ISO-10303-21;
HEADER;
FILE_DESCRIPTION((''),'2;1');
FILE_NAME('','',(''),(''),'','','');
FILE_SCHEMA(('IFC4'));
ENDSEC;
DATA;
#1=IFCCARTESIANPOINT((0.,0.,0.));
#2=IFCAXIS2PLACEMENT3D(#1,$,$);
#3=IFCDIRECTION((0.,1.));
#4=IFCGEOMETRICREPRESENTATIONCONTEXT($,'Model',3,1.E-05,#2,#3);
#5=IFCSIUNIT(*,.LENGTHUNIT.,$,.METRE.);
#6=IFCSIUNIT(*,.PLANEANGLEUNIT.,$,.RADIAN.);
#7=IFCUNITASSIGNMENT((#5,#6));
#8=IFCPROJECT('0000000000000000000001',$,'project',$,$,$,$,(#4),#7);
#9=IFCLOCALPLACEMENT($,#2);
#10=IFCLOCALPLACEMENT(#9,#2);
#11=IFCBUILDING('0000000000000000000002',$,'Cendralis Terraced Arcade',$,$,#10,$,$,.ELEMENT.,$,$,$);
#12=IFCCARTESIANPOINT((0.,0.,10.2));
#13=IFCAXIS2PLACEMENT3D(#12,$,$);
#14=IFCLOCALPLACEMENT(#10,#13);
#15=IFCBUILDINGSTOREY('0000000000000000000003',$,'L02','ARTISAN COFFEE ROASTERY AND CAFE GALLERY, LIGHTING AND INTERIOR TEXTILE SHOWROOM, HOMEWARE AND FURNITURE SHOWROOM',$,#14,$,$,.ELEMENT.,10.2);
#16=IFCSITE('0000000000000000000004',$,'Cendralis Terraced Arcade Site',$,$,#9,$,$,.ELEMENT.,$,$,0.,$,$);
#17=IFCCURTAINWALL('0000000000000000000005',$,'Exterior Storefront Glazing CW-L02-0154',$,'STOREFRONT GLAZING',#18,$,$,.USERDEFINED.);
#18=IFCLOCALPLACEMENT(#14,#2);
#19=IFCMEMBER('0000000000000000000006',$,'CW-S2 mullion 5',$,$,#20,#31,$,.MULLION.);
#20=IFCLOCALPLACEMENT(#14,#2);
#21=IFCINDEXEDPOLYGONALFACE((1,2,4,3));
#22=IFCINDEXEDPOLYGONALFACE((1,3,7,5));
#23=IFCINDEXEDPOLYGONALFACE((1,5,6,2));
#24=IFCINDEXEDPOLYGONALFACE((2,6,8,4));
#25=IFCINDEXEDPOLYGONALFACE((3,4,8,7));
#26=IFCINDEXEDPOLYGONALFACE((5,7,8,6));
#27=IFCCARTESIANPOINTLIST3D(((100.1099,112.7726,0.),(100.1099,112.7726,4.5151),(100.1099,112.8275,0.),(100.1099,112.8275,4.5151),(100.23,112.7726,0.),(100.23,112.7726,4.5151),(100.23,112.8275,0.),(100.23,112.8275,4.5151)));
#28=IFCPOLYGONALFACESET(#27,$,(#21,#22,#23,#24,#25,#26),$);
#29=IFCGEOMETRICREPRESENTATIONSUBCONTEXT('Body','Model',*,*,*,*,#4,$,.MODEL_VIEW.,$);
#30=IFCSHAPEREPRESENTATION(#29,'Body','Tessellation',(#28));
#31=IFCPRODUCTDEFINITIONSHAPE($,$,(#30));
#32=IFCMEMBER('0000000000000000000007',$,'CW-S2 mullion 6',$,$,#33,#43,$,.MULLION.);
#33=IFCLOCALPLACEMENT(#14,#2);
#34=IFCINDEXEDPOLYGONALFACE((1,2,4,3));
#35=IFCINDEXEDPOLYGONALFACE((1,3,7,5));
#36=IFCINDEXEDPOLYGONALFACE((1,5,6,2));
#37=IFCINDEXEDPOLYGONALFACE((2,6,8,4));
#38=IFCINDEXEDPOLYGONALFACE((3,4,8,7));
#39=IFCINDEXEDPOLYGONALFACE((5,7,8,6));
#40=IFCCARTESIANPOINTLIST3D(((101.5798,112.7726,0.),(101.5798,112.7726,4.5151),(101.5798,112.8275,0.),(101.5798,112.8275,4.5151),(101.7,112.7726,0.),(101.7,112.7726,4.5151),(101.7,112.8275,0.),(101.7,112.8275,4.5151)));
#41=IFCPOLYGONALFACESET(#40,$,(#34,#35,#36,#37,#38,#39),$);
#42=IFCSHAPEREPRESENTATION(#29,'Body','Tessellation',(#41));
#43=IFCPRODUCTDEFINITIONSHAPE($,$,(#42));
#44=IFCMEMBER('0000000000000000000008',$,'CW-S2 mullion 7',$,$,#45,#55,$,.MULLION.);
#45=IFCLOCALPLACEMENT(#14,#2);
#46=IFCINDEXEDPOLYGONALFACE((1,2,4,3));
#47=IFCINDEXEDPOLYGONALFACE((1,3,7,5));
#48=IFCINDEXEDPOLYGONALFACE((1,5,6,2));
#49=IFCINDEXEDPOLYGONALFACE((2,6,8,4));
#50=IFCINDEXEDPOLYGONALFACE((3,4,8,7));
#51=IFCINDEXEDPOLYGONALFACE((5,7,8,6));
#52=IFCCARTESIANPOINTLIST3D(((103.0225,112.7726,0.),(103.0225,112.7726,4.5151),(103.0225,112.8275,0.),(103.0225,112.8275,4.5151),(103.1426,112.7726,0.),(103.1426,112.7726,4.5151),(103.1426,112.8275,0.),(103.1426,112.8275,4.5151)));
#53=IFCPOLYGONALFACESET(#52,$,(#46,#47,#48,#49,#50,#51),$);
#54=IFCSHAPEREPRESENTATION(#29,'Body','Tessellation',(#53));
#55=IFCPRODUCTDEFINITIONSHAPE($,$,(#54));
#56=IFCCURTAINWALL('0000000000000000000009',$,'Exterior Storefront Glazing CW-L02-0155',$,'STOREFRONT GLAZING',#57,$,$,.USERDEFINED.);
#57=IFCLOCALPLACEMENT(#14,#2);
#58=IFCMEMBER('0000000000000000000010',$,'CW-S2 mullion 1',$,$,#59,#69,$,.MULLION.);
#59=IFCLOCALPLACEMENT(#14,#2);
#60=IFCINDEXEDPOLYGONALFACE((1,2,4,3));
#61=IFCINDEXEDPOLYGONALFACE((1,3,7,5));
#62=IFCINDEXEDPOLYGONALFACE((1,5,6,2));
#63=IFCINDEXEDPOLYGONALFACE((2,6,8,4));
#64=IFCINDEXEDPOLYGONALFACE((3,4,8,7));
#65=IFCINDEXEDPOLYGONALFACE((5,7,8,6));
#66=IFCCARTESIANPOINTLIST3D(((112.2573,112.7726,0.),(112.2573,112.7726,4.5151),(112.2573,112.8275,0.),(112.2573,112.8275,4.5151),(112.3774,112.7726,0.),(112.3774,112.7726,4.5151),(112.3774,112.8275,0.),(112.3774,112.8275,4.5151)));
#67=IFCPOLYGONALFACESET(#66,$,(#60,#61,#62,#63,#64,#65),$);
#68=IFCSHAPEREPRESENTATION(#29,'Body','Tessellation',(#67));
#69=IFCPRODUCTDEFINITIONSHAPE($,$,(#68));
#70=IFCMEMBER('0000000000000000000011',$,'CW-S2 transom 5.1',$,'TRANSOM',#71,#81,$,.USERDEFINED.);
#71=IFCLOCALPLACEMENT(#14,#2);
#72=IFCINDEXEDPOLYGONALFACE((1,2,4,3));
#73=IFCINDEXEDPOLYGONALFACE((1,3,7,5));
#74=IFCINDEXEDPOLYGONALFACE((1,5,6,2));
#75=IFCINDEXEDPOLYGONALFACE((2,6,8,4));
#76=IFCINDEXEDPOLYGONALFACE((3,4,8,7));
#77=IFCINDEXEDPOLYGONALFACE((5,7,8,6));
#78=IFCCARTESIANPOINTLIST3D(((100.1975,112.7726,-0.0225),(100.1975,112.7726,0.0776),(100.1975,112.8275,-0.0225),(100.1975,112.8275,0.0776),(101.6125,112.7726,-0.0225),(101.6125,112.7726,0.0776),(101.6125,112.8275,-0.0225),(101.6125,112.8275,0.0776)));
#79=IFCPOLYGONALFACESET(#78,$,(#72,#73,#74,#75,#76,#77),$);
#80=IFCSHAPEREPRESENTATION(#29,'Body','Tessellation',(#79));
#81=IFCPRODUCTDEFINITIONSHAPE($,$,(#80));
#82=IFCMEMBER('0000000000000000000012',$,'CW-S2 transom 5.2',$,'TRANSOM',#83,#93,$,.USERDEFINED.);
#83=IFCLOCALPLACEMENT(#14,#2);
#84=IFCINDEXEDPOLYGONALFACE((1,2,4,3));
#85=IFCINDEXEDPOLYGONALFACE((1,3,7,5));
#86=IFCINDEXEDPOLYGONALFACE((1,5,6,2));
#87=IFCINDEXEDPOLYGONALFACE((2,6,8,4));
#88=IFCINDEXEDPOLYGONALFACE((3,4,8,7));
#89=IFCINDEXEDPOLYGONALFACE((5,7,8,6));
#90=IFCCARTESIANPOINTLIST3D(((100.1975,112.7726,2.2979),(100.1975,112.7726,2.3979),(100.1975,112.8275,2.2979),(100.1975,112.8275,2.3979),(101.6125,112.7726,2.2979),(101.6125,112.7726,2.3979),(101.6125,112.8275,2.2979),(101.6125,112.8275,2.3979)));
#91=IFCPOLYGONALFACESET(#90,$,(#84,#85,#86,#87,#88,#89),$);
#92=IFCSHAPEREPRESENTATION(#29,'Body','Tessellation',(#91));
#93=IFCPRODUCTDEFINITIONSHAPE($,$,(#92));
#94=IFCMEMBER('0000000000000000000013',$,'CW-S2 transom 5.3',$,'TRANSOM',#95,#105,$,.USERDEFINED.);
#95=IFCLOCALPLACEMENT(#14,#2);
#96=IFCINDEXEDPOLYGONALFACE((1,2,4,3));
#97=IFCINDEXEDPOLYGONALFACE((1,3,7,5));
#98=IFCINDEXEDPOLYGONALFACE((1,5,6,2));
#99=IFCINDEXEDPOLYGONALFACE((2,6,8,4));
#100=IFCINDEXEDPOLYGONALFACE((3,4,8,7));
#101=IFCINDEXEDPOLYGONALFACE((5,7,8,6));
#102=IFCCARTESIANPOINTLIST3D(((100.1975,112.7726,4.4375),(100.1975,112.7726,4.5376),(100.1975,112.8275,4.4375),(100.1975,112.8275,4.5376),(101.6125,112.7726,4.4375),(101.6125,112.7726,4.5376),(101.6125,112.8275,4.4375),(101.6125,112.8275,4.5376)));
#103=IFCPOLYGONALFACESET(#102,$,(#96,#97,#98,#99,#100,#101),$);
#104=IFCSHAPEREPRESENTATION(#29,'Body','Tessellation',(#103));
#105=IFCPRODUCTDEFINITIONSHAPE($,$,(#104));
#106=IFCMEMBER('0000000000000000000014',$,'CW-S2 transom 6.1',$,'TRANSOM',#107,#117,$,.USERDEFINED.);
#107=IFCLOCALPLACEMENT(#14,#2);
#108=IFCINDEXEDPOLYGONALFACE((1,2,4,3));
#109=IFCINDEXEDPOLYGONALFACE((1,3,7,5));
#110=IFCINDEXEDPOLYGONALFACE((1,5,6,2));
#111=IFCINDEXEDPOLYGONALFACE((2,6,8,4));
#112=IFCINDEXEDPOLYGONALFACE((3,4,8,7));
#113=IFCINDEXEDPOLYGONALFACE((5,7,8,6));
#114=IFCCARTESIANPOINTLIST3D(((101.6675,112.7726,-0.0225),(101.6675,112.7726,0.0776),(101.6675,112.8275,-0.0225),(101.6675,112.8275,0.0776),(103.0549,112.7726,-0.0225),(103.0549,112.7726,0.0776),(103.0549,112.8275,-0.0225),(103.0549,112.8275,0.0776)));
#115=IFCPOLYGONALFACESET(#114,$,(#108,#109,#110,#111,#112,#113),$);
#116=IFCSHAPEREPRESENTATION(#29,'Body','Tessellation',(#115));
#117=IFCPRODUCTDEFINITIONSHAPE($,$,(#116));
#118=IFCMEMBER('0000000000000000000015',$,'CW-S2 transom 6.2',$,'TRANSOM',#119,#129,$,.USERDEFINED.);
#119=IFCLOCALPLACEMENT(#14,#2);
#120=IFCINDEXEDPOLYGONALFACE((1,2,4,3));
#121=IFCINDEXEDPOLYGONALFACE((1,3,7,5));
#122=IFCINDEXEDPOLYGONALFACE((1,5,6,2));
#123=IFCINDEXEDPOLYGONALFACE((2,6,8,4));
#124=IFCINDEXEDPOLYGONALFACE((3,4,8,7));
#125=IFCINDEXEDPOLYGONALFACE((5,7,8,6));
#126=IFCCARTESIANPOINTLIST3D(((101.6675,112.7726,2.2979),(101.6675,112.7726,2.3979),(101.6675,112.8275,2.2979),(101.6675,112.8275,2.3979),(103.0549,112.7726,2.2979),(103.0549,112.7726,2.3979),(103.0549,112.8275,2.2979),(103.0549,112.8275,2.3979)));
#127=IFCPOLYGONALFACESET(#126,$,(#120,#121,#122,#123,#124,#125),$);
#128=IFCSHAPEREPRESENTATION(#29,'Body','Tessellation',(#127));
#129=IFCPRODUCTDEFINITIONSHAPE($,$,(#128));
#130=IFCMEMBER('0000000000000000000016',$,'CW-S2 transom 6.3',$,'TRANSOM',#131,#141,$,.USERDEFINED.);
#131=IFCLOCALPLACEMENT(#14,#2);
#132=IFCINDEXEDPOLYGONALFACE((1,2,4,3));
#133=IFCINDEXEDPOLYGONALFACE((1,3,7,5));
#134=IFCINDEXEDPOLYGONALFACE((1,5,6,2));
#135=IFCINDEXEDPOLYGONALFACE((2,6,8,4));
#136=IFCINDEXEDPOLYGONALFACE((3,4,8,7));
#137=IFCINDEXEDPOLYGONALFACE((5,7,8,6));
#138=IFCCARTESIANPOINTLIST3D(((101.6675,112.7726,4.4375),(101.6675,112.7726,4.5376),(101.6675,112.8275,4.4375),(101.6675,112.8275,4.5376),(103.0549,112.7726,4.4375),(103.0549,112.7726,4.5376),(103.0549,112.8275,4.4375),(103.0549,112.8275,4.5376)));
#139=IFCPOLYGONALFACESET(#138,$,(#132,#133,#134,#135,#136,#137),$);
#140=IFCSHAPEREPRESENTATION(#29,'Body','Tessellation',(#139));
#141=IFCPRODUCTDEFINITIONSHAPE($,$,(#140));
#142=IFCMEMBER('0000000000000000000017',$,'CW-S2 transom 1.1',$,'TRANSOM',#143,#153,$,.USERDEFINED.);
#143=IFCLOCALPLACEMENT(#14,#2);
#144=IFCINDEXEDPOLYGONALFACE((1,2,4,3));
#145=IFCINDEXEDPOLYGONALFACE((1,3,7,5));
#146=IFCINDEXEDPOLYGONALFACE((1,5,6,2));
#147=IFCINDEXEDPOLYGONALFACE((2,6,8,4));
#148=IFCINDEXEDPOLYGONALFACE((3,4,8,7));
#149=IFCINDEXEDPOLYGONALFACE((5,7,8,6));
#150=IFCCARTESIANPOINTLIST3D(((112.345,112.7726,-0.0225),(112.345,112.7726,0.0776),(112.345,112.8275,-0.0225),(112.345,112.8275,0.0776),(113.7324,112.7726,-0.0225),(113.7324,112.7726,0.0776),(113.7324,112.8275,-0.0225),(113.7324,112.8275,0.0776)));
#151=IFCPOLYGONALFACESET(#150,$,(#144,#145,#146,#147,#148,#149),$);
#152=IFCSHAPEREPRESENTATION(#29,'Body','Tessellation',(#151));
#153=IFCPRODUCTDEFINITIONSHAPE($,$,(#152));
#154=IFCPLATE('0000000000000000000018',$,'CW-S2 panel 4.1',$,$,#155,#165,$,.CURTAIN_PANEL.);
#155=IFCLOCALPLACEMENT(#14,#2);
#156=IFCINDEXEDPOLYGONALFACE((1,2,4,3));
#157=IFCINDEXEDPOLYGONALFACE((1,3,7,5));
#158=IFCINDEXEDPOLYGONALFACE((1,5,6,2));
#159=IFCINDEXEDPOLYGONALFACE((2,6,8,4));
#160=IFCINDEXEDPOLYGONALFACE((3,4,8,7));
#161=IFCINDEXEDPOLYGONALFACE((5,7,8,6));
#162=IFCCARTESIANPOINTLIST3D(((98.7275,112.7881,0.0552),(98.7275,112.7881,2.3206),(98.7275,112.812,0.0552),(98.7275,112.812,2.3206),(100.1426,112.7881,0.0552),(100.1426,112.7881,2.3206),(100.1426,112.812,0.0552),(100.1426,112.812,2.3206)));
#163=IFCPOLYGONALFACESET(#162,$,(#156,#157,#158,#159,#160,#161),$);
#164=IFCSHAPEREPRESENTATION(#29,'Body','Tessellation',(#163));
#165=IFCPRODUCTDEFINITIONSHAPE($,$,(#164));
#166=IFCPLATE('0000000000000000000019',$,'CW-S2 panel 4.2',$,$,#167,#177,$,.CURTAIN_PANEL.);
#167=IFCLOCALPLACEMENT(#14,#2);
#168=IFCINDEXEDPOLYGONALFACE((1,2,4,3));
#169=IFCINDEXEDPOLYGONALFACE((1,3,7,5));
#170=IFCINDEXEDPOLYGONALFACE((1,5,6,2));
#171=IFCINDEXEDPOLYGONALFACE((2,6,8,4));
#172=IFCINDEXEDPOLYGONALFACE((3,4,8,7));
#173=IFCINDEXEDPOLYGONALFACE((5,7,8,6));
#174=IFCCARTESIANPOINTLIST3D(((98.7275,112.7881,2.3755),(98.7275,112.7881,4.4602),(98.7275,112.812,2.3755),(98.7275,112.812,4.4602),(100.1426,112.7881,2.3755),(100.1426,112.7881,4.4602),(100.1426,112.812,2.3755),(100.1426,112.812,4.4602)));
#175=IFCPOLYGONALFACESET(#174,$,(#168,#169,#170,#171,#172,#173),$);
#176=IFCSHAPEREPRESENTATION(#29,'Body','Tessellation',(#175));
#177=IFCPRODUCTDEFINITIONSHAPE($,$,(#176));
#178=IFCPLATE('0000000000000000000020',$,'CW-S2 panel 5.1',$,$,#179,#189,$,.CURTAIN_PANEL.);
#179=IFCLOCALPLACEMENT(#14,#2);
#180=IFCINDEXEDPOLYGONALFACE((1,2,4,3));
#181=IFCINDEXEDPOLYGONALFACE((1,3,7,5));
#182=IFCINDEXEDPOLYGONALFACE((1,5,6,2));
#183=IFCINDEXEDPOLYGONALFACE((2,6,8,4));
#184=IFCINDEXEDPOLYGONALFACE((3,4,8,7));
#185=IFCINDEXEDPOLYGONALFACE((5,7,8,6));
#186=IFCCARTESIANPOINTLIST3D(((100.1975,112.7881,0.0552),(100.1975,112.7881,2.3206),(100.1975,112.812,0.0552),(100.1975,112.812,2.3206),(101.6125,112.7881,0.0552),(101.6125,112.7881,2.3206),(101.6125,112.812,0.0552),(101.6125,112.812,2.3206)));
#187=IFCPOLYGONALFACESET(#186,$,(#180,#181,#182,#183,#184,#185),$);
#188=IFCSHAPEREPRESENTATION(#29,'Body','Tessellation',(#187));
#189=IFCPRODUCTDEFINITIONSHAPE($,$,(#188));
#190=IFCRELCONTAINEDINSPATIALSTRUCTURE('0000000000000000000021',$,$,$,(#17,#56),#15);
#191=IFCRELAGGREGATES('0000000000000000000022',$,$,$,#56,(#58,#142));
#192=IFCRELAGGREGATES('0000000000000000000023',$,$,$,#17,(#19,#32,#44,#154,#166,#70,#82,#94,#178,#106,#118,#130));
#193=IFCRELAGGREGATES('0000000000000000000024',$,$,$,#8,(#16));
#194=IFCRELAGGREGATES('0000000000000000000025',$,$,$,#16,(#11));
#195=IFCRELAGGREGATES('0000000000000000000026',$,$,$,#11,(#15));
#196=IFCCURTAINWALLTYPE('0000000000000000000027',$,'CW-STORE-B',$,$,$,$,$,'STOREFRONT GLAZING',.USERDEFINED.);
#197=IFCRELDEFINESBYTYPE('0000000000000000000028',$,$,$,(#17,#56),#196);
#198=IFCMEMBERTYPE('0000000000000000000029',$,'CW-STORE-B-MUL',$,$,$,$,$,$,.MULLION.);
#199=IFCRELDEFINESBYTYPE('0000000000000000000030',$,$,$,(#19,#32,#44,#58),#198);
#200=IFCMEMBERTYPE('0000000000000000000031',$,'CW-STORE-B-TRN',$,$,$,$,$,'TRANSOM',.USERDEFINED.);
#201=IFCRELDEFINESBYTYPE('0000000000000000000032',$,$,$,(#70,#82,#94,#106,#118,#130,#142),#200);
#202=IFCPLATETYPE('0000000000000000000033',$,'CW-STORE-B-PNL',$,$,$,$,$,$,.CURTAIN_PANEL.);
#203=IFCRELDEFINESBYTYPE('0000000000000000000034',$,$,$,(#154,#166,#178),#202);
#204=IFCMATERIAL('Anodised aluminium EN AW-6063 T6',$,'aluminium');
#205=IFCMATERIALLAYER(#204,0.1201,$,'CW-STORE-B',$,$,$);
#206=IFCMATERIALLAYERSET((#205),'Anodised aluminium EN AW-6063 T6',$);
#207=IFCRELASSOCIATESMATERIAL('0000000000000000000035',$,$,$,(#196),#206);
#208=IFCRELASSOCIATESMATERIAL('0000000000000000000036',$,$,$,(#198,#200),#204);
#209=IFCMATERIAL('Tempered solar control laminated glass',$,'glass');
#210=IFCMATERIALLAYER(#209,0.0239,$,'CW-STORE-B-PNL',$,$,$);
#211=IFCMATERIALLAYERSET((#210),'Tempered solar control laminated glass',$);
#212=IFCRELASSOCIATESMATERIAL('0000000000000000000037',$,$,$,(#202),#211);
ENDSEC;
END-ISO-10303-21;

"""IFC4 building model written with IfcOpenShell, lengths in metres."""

from ifc_helpers import new_model, si_unit, direction, frame, origin, origin_2d, place, context, subcontext, project, spatial, rectangle, extrude, material, layer, layer_set, material_profile, profile_set, type_object, element, aggregate, save


model = new_model("IFC4")

# Units and contexts
model_context = context("Model", 3, precision=1e-05, world=origin(), true_north=direction((0.0, 1.0)))
body_context = subcontext(model_context, "Body", "Model", "MODEL_VIEW")
ifc_project = project(units=[si_unit("LENGTHUNIT", "METRE"), si_unit("PLANEANGLEUNIT", "RADIAN")], contexts=[model_context])

# Site, building, storey
site_placement = place(None, origin())
site = spatial("IfcSite", under=ifc_project, at=site_placement, Name="Cendralis Terraced Arcade Site", CompositionType="ELEMENT", RefElevation=0.0)
building_placement = place(site_placement, origin())
building = spatial("IfcBuilding", under=site, at=building_placement, Name="Cendralis Terraced Arcade", CompositionType="ELEMENT")
storey_placement = place(building_placement, frame((0.0, 0.0, 10.2)))
storey = spatial("IfcBuildingStorey", under=building, at=storey_placement, Name="L02", Description="ARTISAN COFFEE ROASTERY AND CAFE GALLERY, LIGHTING AND INTERIOR TEXTILE SHOWROOM, HOMEWARE AND FURNITURE SHOWROOM", CompositionType="ELEMENT", Elevation=10.2)

# Curtain wall, members
ifc_material_1 = material(Name="Anodised aluminium EN AW-6063 T6", Category="aluminium")
ifc_layer_1 = layer(ifc_material_1, 0.1201, Name="CW-STORE-B")
ifc_layer_set_1 = layer_set([ifc_layer_1], Name="Anodised aluminium EN AW-6063 T6")
curtain_wall_type = type_object("IfcCurtainWallType", Name="CW-STORE-B", ElementType="STOREFRONT GLAZING", PredefinedType="USERDEFINED", material=ifc_layer_set_1)
curtain_wall_1_placement = place(storey_placement, origin())
curtain_wall_1 = element("IfcCurtainWall", 1, at=curtain_wall_1_placement, inside=storey, type_object=curtain_wall_type, Name="Exterior Storefront Glazing CW-L02-0154", ObjectType="STOREFRONT GLAZING", PredefinedType="USERDEFINED")
ifc_material_profile_1 = material_profile(ifc_material_1, rectangle(XDim=0.0549, YDim=0.1201, at=origin_2d()), Name="ALU-MUL-55x120")
ifc_profile_set_1 = profile_set([ifc_material_profile_1], Name="Anodised aluminium EN AW-6063 T6")
member_type_1 = type_object("IfcMemberType", Name="CW-STORE-B-MUL", PredefinedType="MULLION", material=ifc_profile_set_1)
member_1_placement = place(storey_placement, frame((100.1699, 112.8, 0.0), z_axis=(0.0, 0.0, 1.0), x_axis=(0.0, 1.0, 0.0)))
member_1 = element("IfcMember", 2, at=member_1_placement, type_object=member_type_1, Name="CW-S2 mullion 5", PredefinedType="MULLION", context=body_context, shape_type="SweptSolid", body=[
    extrude(rectangle(XDim=0.0549, YDim=0.1201, at=origin_2d()), origin(), (0.0, 0.0, 1.0), 4.5151),
])
member_2_placement = place(storey_placement, frame((101.6399, 112.8, 0.0), z_axis=(0.0, 0.0, 1.0), x_axis=(0.0, 1.0, 0.0)))
member_2 = element("IfcMember", 3, at=member_2_placement, type_object=member_type_1, Name="CW-S2 mullion 6", PredefinedType="MULLION", context=body_context, shape_type="SweptSolid", body=[
    extrude(rectangle(XDim=0.0549, YDim=0.1201, at=origin_2d()), origin(), (0.0, 0.0, 1.0), 4.5151),
])
member_3_placement = place(storey_placement, frame((103.0825, 112.8, 0.0), z_axis=(0.0, 0.0, 1.0), x_axis=(0.0, 1.0, 0.0)))
member_3 = element("IfcMember", 4, at=member_3_placement, type_object=member_type_1, Name="CW-S2 mullion 7", PredefinedType="MULLION", context=body_context, shape_type="SweptSolid", body=[
    extrude(rectangle(XDim=0.0549, YDim=0.1201, at=origin_2d()), origin(), (0.0, 0.0, 1.0), 4.5151),
])

# Curtain wall, member
curtain_wall_2_placement = place(storey_placement, origin())
curtain_wall_2 = element("IfcCurtainWall", 5, at=curtain_wall_2_placement, inside=storey, type_object=curtain_wall_type, Name="Exterior Storefront Glazing CW-L02-0155", ObjectType="STOREFRONT GLAZING", PredefinedType="USERDEFINED")
member_4_placement = place(storey_placement, frame((112.3174, 112.8, 0.0), z_axis=(0.0, 0.0, 1.0), x_axis=(0.0, 1.0, 0.0)))
member_4 = element("IfcMember", 6, at=member_4_placement, type_object=member_type_1, Name="CW-S2 mullion 1", PredefinedType="MULLION", context=body_context, shape_type="SweptSolid", body=[
    extrude(rectangle(XDim=0.0549, YDim=0.1201, at=origin_2d()), origin(), (0.0, 0.0, 1.0), 4.5151),
])

# Members
ifc_material_profile_2 = material_profile(ifc_material_1, rectangle(XDim=0.0549, YDim=0.1001, at=origin_2d()), Name="ALU-TRN-55x100")
ifc_profile_set_2 = profile_set([ifc_material_profile_2], Name="Anodised aluminium EN AW-6063 T6")
member_type_2 = type_object("IfcMemberType", Name="CW-STORE-B-TRN", ElementType="TRANSOM", PredefinedType="USERDEFINED", material=ifc_profile_set_2)
member_5_placement = place(storey_placement, frame((100.1975, 112.8, 0.0276), z_axis=(1.0, 0.0, 0.0), x_axis=(0.0, 1.0, 0.0)))
member_5 = element("IfcMember", 7, at=member_5_placement, type_object=member_type_2, Name="CW-S2 transom 5.1", ObjectType="TRANSOM", PredefinedType="USERDEFINED", context=body_context, shape_type="SweptSolid", body=[
    extrude(rectangle(XDim=0.0549, YDim=0.1001, at=origin_2d()), origin(), (0.0, 0.0, 1.0), 1.415),
])
member_6_placement = place(storey_placement, frame((100.1975, 112.8, 2.3479), z_axis=(1.0, 0.0, 0.0), x_axis=(0.0, 1.0, 0.0)))
member_6 = element("IfcMember", 8, at=member_6_placement, type_object=member_type_2, Name="CW-S2 transom 5.2", ObjectType="TRANSOM", PredefinedType="USERDEFINED", context=body_context, shape_type="SweptSolid", body=[
    extrude(rectangle(XDim=0.0549, YDim=0.1001, at=origin_2d()), origin(), (0.0, 0.0, 1.0), 1.415),
])
member_7_placement = place(storey_placement, frame((100.1975, 112.8, 4.4875), z_axis=(1.0, 0.0, 0.0), x_axis=(0.0, 1.0, 0.0)))
member_7 = element("IfcMember", 9, at=member_7_placement, type_object=member_type_2, Name="CW-S2 transom 5.3", ObjectType="TRANSOM", PredefinedType="USERDEFINED", context=body_context, shape_type="SweptSolid", body=[
    extrude(rectangle(XDim=0.0549, YDim=0.1001, at=origin_2d()), origin(), (0.0, 0.0, 1.0), 1.415),
])
member_8_placement = place(storey_placement, frame((101.6675, 112.8, 0.0276), z_axis=(1.0, 0.0, 0.0), x_axis=(0.0, 1.0, 0.0)))
member_8 = element("IfcMember", 10, at=member_8_placement, type_object=member_type_2, Name="CW-S2 transom 6.1", ObjectType="TRANSOM", PredefinedType="USERDEFINED", context=body_context, shape_type="SweptSolid", body=[
    extrude(rectangle(XDim=0.0549, YDim=0.1001, at=origin_2d()), origin(), (0.0, 0.0, 1.0), 1.3875),
])
member_9_placement = place(storey_placement, frame((101.6675, 112.8, 2.3479), z_axis=(1.0, 0.0, 0.0), x_axis=(0.0, 1.0, 0.0)))
member_9 = element("IfcMember", 11, at=member_9_placement, type_object=member_type_2, Name="CW-S2 transom 6.2", ObjectType="TRANSOM", PredefinedType="USERDEFINED", context=body_context, shape_type="SweptSolid", body=[
    extrude(rectangle(XDim=0.0549, YDim=0.1001, at=origin_2d()), origin(), (0.0, 0.0, 1.0), 1.3875),
])
member_10_placement = place(storey_placement, frame((101.6675, 112.8, 4.4875), z_axis=(1.0, 0.0, 0.0), x_axis=(0.0, 1.0, 0.0)))
member_10 = element("IfcMember", 12, at=member_10_placement, type_object=member_type_2, Name="CW-S2 transom 6.3", ObjectType="TRANSOM", PredefinedType="USERDEFINED", context=body_context, shape_type="SweptSolid", body=[
    extrude(rectangle(XDim=0.0549, YDim=0.1001, at=origin_2d()), origin(), (0.0, 0.0, 1.0), 1.3875),
])
member_11_placement = place(storey_placement, frame((112.345, 112.8, 0.0276), z_axis=(1.0, 0.0, 0.0), x_axis=(0.0, 1.0, 0.0)))
member_11 = element("IfcMember", 13, at=member_11_placement, type_object=member_type_2, Name="CW-S2 transom 1.1", ObjectType="TRANSOM", PredefinedType="USERDEFINED", context=body_context, shape_type="SweptSolid", body=[
    extrude(rectangle(XDim=0.0549, YDim=0.1001, at=origin_2d()), origin(), (0.0, 0.0, 1.0), 1.3875),
])
aggregate(curtain_wall_2, [member_4, member_11])

# Plates
ifc_material_2 = material(Name="Tempered solar control laminated glass", Category="glass")
ifc_layer_2 = layer(ifc_material_2, 0.0239, Name="CW-STORE-B-PNL")
ifc_layer_set_2 = layer_set([ifc_layer_2], Name="Tempered solar control laminated glass")
plate_type = type_object("IfcPlateType", Name="CW-STORE-B-PNL", PredefinedType="CURTAIN_PANEL", material=ifc_layer_set_2)
plate_1_placement = place(storey_placement, frame((99.4351, 112.8, 0.0552), z_axis=(0.0, 0.0, 1.0), x_axis=(1.0, 0.0, 0.0)))
plate_1 = element("IfcPlate", 14, at=plate_1_placement, type_object=plate_type, Name="CW-S2 panel 4.1", PredefinedType="CURTAIN_PANEL", context=body_context, shape_type="SweptSolid", body=[
    extrude(rectangle(XDim=1.415, YDim=0.0239, at=origin_2d()), origin(), (0.0, 0.0, 1.0), 2.2654),
])
plate_2_placement = place(storey_placement, frame((99.4351, 112.8, 2.3755), z_axis=(0.0, 0.0, 1.0), x_axis=(1.0, 0.0, 0.0)))
plate_2 = element("IfcPlate", 15, at=plate_2_placement, type_object=plate_type, Name="CW-S2 panel 4.2", PredefinedType="CURTAIN_PANEL", context=body_context, shape_type="SweptSolid", body=[
    extrude(rectangle(XDim=1.415, YDim=0.0239, at=origin_2d()), origin(), (0.0, 0.0, 1.0), 2.0847),
])
plate_3_placement = place(storey_placement, frame((100.905, 112.8, 0.0552), z_axis=(0.0, 0.0, 1.0), x_axis=(1.0, 0.0, 0.0)))
plate_3 = element("IfcPlate", 16, at=plate_3_placement, type_object=plate_type, Name="CW-S2 panel 5.1", PredefinedType="CURTAIN_PANEL", context=body_context, shape_type="SweptSolid", body=[
    extrude(rectangle(XDim=1.415, YDim=0.0239, at=origin_2d()), origin(), (0.0, 0.0, 1.0), 2.2654),
])
aggregate(curtain_wall_1, [member_1, member_2, member_3, plate_1, plate_2, member_5, member_6, member_7, plate_3, member_8, member_9, member_10])

save(model, "model.ifc")
